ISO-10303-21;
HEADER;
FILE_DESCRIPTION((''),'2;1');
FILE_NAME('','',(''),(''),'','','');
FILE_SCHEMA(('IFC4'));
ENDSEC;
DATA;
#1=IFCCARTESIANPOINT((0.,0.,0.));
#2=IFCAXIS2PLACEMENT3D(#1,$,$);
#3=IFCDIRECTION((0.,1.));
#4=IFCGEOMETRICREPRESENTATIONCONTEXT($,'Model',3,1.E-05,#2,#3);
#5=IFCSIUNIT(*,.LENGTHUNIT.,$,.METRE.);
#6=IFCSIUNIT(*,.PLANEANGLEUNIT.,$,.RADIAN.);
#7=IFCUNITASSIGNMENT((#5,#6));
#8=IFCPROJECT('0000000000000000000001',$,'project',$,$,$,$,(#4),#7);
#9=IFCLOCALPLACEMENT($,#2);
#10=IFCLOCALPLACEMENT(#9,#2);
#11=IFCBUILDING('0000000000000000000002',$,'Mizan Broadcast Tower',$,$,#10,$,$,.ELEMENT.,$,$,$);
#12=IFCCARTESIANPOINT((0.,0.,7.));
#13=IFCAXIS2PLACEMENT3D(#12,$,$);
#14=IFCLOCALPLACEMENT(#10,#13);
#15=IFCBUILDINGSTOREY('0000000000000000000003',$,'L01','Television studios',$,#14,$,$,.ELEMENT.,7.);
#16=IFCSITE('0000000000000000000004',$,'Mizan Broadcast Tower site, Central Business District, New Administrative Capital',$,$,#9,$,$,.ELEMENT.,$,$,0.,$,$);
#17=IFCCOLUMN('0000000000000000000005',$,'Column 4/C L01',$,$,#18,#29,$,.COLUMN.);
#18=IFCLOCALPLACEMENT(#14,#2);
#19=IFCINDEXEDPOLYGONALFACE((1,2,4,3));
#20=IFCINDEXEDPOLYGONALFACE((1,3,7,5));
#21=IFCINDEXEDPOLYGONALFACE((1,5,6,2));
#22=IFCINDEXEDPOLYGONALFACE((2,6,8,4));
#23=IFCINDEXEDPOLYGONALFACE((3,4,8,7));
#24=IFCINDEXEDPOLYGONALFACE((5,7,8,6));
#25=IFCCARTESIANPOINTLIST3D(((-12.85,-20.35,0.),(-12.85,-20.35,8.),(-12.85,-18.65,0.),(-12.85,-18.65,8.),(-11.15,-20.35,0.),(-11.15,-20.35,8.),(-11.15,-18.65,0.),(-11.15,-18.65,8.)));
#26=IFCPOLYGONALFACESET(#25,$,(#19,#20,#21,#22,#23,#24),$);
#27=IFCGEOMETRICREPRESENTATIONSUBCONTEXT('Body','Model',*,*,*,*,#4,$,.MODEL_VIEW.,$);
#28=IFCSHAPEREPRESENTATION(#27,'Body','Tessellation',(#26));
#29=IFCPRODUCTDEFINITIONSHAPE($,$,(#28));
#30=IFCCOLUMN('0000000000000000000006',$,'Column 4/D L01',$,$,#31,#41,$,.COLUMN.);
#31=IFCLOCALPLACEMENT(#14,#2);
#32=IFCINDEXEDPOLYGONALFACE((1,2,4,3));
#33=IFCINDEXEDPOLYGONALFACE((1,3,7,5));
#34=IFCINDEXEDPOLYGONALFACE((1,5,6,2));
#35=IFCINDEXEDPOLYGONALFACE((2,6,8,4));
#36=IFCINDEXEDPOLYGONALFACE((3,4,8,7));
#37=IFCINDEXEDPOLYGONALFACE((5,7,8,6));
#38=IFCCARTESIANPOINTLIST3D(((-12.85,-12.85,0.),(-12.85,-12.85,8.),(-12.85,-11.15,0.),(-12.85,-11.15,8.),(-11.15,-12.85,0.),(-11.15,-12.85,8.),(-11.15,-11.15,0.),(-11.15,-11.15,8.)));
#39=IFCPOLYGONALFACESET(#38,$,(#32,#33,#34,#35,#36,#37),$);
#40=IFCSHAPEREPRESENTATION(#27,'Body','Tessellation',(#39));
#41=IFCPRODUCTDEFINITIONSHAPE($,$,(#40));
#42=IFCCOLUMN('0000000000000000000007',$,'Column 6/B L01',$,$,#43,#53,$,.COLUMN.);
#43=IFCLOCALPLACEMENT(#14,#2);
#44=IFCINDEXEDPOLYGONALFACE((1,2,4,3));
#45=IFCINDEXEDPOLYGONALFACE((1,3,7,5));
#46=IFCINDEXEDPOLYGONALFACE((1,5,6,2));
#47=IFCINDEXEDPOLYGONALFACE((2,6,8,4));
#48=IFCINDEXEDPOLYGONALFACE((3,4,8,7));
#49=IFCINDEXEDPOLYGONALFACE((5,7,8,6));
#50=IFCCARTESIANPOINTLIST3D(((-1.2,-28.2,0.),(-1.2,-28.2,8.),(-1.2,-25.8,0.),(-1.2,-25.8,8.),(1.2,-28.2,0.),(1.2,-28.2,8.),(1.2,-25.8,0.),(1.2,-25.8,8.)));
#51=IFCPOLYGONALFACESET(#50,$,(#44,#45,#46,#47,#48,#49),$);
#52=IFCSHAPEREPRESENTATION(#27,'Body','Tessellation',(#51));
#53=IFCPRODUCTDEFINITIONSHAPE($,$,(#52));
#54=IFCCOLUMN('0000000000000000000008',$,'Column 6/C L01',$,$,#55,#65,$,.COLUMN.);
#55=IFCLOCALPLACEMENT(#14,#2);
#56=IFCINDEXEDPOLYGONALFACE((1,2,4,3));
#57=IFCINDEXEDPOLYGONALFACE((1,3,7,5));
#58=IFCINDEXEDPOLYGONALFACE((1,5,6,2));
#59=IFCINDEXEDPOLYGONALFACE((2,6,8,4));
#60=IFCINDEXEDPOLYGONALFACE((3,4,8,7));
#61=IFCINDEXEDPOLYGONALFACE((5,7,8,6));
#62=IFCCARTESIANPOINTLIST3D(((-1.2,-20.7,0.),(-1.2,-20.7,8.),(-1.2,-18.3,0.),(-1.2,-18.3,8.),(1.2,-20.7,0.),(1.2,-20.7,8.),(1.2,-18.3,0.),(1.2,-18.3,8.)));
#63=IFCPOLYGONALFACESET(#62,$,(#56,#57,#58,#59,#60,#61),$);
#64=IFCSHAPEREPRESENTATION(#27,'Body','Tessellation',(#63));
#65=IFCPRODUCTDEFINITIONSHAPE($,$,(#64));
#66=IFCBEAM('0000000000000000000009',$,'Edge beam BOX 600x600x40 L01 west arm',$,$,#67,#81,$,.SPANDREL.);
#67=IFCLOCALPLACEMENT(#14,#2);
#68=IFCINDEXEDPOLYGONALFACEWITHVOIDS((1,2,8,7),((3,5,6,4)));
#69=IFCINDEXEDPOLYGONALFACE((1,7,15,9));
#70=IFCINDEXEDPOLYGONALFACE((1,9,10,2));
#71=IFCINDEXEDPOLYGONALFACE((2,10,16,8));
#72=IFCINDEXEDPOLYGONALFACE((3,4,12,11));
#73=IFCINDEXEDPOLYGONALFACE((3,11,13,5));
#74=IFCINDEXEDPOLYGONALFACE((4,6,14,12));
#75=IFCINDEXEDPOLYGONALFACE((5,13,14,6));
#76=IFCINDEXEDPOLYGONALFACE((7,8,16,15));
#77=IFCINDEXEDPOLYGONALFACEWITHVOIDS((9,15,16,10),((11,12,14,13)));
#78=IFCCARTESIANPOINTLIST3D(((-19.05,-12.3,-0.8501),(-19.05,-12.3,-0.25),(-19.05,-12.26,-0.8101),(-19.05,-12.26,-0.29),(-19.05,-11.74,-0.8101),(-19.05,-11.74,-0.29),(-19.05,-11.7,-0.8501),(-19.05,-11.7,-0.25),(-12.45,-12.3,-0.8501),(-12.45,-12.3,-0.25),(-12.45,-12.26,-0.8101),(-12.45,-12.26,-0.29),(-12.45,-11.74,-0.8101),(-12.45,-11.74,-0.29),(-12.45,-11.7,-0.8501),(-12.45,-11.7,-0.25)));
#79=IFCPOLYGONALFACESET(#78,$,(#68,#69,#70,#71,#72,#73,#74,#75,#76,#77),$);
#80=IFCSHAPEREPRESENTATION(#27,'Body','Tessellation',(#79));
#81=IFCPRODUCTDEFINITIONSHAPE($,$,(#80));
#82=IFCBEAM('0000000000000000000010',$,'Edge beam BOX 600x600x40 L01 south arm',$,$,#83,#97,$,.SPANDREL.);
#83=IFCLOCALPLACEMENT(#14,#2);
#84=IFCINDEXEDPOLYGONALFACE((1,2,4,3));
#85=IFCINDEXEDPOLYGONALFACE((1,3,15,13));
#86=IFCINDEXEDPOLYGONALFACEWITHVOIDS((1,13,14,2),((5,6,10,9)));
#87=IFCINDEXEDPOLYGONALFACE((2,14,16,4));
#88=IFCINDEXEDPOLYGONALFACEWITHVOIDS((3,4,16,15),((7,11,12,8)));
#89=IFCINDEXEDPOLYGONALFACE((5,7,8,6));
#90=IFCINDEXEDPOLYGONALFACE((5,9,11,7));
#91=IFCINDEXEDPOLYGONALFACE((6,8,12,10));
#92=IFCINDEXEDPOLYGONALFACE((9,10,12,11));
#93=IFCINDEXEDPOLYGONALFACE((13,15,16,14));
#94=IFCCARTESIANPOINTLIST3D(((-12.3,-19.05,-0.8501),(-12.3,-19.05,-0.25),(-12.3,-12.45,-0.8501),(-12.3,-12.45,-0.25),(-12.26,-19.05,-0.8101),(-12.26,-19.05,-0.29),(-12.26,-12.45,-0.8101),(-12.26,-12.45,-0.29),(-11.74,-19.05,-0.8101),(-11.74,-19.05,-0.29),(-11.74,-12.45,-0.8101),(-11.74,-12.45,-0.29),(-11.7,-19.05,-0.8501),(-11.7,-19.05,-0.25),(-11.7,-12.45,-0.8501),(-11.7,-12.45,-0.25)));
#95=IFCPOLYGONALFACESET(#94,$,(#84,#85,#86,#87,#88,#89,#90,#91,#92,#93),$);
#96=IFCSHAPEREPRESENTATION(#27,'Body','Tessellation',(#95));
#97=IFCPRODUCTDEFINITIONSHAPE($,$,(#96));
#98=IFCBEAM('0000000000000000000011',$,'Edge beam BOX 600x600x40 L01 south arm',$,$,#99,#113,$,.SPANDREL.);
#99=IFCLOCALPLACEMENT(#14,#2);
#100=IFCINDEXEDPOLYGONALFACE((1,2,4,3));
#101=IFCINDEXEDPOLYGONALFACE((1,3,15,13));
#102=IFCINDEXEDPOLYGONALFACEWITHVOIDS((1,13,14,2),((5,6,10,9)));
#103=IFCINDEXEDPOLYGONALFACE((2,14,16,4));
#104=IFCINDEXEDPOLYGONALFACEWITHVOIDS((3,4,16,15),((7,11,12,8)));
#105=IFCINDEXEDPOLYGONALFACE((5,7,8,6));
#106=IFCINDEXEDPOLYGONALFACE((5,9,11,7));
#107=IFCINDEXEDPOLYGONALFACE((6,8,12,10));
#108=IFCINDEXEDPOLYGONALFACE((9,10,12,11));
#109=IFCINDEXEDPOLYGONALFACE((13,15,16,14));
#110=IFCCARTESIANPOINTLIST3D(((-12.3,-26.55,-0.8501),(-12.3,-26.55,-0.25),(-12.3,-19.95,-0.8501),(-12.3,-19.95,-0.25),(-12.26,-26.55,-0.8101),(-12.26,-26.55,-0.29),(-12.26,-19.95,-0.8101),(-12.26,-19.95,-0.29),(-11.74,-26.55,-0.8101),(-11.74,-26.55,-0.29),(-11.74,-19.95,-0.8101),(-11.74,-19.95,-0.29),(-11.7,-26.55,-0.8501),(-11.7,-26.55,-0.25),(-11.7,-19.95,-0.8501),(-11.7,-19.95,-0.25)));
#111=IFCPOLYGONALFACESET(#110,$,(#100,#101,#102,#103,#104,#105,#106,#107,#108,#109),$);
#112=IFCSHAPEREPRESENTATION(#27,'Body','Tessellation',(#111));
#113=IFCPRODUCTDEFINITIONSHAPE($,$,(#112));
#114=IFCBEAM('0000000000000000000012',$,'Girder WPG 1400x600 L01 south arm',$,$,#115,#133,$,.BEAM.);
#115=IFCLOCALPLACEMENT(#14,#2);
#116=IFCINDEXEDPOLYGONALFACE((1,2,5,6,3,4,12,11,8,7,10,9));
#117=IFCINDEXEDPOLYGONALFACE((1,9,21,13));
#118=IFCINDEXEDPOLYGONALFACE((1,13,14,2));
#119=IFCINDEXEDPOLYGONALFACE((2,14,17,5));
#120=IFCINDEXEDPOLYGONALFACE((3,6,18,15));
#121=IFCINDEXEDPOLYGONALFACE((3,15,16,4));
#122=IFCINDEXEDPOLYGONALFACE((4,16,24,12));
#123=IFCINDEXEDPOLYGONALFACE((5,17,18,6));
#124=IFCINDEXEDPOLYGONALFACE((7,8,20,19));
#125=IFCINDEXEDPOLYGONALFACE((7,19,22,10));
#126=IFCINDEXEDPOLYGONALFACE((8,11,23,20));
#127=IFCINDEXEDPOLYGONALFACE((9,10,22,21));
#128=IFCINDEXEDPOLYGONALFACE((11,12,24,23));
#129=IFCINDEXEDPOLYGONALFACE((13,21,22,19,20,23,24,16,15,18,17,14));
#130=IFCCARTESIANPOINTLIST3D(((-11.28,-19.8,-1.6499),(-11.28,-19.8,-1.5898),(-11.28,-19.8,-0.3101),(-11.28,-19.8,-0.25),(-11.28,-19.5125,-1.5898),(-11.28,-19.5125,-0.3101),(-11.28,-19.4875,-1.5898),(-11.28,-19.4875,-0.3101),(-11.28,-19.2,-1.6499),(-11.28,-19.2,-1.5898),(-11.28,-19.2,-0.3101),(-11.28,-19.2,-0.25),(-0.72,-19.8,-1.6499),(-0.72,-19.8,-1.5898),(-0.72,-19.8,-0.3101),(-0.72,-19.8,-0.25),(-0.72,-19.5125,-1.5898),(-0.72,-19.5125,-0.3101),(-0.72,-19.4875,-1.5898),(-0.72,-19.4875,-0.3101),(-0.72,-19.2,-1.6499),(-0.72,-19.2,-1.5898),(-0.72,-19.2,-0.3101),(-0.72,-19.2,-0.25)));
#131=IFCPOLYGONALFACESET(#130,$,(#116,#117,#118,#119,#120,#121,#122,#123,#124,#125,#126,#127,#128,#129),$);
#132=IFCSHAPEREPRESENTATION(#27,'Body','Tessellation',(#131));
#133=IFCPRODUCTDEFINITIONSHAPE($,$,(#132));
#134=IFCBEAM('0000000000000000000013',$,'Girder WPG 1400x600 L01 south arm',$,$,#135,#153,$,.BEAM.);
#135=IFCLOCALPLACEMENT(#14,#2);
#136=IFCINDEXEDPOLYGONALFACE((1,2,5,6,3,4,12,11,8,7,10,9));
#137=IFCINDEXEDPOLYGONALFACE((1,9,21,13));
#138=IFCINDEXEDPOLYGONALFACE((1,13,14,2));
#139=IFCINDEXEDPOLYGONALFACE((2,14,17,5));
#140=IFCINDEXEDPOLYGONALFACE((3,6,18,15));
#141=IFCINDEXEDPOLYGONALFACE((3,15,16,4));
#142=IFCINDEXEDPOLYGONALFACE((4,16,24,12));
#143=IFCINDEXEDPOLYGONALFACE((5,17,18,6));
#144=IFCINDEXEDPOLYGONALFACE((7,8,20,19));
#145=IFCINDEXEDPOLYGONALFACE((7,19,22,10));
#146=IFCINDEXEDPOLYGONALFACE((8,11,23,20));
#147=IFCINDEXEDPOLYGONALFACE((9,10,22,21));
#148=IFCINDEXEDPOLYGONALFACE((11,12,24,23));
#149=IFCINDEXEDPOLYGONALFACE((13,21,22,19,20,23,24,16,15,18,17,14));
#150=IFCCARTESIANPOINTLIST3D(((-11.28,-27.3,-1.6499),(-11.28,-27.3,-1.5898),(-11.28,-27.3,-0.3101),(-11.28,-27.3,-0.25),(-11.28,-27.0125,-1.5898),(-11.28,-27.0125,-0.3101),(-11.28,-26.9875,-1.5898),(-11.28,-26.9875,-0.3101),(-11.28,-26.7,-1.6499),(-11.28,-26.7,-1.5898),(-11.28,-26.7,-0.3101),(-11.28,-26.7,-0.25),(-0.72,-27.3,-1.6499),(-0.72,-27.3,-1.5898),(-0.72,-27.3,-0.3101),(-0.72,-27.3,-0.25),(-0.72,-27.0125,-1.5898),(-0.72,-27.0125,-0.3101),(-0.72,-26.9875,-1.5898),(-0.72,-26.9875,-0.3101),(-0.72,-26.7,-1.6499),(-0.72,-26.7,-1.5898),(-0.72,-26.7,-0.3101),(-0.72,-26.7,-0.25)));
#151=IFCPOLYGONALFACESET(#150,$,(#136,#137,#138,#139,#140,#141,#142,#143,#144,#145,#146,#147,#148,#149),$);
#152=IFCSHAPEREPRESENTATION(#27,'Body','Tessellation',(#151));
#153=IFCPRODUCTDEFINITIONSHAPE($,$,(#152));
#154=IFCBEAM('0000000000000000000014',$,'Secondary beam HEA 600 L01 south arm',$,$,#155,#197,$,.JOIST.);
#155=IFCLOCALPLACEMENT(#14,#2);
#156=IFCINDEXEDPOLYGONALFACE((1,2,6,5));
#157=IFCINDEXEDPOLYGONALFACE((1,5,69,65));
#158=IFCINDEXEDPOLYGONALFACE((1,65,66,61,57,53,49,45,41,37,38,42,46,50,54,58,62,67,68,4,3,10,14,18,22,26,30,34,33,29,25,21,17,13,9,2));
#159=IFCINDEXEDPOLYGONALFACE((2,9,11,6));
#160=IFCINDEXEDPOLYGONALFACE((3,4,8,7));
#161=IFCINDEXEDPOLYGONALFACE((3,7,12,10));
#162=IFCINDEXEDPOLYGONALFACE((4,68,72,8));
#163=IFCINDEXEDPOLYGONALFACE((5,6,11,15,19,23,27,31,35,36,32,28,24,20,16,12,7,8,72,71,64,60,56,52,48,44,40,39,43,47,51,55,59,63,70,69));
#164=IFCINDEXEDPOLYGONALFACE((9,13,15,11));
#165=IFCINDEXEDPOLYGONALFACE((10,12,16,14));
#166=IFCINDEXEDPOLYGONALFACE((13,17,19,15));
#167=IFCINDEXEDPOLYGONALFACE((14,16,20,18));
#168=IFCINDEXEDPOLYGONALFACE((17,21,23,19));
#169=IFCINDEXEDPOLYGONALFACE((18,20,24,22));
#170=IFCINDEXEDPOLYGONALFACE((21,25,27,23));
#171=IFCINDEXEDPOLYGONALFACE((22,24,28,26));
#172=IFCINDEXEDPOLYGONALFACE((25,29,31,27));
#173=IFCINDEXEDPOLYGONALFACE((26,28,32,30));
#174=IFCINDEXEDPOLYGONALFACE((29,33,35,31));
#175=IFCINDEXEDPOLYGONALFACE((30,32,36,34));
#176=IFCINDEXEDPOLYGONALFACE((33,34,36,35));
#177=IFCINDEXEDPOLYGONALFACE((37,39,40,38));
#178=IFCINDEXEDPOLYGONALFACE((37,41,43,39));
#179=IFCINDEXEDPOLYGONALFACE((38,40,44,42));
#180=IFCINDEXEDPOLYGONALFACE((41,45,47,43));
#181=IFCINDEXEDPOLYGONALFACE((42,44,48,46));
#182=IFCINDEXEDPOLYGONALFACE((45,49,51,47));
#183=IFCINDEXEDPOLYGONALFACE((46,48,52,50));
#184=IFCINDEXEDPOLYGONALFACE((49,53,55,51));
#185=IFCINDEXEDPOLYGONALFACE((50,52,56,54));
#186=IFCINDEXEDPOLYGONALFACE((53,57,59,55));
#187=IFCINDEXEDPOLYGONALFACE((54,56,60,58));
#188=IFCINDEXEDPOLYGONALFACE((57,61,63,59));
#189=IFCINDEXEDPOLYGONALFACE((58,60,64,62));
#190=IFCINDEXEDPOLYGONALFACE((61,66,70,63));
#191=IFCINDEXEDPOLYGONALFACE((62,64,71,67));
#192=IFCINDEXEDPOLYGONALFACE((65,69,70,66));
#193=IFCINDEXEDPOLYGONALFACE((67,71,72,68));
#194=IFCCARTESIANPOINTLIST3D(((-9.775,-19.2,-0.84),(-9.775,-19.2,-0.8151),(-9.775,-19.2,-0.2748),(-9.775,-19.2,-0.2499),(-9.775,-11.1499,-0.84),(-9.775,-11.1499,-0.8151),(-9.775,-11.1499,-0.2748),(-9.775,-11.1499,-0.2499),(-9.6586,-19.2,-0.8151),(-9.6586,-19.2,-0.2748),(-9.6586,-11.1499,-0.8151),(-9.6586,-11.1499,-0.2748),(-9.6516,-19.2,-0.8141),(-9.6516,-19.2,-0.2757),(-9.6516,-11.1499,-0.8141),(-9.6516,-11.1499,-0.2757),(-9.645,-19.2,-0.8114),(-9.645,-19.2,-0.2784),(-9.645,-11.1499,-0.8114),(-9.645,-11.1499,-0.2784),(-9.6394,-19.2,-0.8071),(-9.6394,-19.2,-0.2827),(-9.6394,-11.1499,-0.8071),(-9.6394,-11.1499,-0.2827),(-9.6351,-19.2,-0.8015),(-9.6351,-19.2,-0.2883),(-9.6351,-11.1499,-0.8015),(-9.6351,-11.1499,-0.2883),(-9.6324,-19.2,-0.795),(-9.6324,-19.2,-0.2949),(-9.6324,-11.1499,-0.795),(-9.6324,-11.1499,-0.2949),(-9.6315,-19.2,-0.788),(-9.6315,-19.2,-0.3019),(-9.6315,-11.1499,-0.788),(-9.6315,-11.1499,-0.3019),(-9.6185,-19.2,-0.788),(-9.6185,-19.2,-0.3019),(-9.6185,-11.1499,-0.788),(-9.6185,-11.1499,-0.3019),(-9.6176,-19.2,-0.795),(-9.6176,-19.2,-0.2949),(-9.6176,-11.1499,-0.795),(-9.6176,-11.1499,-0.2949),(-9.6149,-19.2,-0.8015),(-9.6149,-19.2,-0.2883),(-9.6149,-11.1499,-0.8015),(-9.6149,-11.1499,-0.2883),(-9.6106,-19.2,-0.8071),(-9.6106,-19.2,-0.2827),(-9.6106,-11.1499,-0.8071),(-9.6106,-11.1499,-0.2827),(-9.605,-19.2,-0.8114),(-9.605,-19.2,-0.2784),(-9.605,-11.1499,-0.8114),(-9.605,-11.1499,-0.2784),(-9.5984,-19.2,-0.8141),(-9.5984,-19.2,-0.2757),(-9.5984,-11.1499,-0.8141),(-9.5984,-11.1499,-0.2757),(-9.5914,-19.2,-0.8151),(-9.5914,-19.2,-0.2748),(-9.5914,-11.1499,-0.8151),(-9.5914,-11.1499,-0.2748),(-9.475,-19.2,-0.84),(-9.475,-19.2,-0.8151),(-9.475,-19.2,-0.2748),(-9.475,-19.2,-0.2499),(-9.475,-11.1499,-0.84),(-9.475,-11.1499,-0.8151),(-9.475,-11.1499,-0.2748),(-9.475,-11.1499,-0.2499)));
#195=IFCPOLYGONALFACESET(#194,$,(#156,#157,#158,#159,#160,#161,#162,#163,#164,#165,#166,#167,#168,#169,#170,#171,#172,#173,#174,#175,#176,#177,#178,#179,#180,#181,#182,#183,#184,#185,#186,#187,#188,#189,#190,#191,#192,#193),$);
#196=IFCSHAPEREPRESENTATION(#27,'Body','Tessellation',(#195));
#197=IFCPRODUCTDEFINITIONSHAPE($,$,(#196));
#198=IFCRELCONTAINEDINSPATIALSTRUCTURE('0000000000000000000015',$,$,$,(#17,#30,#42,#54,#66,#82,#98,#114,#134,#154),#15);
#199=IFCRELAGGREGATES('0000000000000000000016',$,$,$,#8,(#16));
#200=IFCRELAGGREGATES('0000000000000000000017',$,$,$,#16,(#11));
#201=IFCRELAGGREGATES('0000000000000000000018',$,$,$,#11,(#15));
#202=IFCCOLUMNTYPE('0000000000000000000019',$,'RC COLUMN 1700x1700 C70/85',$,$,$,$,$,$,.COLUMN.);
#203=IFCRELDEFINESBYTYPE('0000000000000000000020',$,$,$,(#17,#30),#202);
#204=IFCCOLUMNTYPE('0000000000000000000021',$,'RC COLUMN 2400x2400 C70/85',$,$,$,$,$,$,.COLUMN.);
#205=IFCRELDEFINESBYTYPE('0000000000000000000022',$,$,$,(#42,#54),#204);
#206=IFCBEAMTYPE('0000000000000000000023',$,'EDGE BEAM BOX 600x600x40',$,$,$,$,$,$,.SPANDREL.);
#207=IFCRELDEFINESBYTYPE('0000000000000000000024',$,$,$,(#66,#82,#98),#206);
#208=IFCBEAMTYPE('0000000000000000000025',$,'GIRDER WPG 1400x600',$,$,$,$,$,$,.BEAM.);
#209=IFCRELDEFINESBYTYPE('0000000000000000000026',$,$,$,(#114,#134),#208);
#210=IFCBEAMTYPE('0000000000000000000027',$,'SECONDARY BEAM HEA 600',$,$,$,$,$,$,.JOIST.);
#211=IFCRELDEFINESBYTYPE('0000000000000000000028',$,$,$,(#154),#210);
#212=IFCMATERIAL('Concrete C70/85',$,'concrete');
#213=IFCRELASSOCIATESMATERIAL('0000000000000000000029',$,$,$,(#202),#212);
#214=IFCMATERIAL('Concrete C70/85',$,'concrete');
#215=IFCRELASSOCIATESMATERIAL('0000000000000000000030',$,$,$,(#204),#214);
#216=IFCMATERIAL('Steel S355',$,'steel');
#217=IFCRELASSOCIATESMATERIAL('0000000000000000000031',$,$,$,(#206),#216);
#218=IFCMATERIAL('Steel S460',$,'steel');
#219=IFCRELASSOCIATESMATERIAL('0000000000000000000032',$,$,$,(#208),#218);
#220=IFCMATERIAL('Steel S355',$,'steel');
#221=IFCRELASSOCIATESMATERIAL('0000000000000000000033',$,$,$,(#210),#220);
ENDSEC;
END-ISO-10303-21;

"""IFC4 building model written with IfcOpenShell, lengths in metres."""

from ifc_helpers import new_model, si_unit, direction, frame, origin, origin_2d, place, context, subcontext, project, spatial, rectangle, hollow_rectangle, i_section, extrude, material, material_profile, profile_set, type_object, element, save


model = new_model("IFC4")

# Units and contexts
model_context = context("Model", 3, precision=1e-05, world=origin(), true_north=direction((0.0, 1.0)))
body_context = subcontext(model_context, "Body", "Model", "MODEL_VIEW")
ifc_project = project(units=[si_unit("LENGTHUNIT", "METRE"), si_unit("PLANEANGLEUNIT", "RADIAN")], contexts=[model_context])

# Site, building, storey
site_placement = place(None, origin())
site = spatial("IfcSite", under=ifc_project, at=site_placement, Name="Mizan Broadcast Tower site, Central Business District, New Administrative Capital", CompositionType="ELEMENT", RefElevation=0.0)
building_placement = place(site_placement, origin())
building = spatial("IfcBuilding", under=site, at=building_placement, Name="Mizan Broadcast Tower", CompositionType="ELEMENT")
storey_placement = place(building_placement, frame((0.0, 0.0, 7.0)))
storey = spatial("IfcBuildingStorey", under=building, at=storey_placement, Name="L01", Description="Television studios", CompositionType="ELEMENT", Elevation=7.0)

# Columns
ifc_material_1 = material(Name="Concrete C70/85", Category="concrete")
ifc_material_profile_1 = material_profile(ifc_material_1, rectangle(XDim=1.7, YDim=1.7, at=origin_2d()), Name="RC 1700x1700")
ifc_profile_set_1 = profile_set([ifc_material_profile_1], Name="Concrete C70/85")
column_type_1 = type_object("IfcColumnType", Name="RC COLUMN 1700x1700 C70/85", PredefinedType="COLUMN", material=ifc_profile_set_1)
for number, where, z_axis, x_axis, name in (
    (1, (-12.0, -19.5, 0.0), (0.0, 0.0, 1.0), (1.0, 0.0, 0.0), "Column 4/C L01"),
    (2, (-12.0, -12.0, 0.0), (0.0, 0.0, 1.0), (1.0, 0.0, 0.0), "Column 4/D L01"),
):
    element("IfcColumn", number, at=place(storey_placement, frame(where, z_axis=z_axis, x_axis=x_axis)), inside=storey, type_object=column_type_1, Name=name, PredefinedType="COLUMN", context=body_context, shape_type="SweptSolid", body=[
        extrude(rectangle(XDim=1.7, YDim=1.7, at=origin_2d()), origin(), (0.0, 0.0, 1.0), 8.0),
    ])
ifc_material_2 = material(Name="Concrete C70/85", Category="concrete")
ifc_material_profile_2 = material_profile(ifc_material_2, rectangle(XDim=2.3999, YDim=2.3999, at=origin_2d()), Name="RC 2400x2400")
ifc_profile_set_2 = profile_set([ifc_material_profile_2], Name="Concrete C70/85")
column_type_2 = type_object("IfcColumnType", Name="RC COLUMN 2400x2400 C70/85", PredefinedType="COLUMN", material=ifc_profile_set_2)
for number, where, z_axis, x_axis, name in (
    (3, (0.0, -27.0, 0.0), (0.0, 0.0, 1.0), (1.0, 0.0, 0.0), "Column 6/B L01"),
    (4, (0.0, -19.5, 0.0), (0.0, 0.0, 1.0), (1.0, 0.0, 0.0), "Column 6/C L01"),
):
    element("IfcColumn", number, at=place(storey_placement, frame(where, z_axis=z_axis, x_axis=x_axis)), inside=storey, type_object=column_type_2, Name=name, PredefinedType="COLUMN", context=body_context, shape_type="SweptSolid", body=[
        extrude(rectangle(XDim=2.3999, YDim=2.3999, at=origin_2d()), origin(), (0.0, 0.0, 1.0), 8.0),
    ])

# Beams
ifc_material_3 = material(Name="Steel S355", Category="steel")
ifc_material_profile_3 = material_profile(ifc_material_3, hollow_rectangle(XDim=0.6001, YDim=0.6001, WallThickness=0.04, at=origin_2d()), Name="BOX 600x600x40")
ifc_profile_set_3 = profile_set([ifc_material_profile_3], Name="Steel S355")
beam_type_1 = type_object("IfcBeamType", Name="EDGE BEAM BOX 600x600x40", PredefinedType="SPANDREL", material=ifc_profile_set_3)
for number, where, z_axis, x_axis, name in (
    (5, (-12.45, -12.0, -0.55), (-1.0, 0.0, 0.0), (0.0, -1.0, 0.0), "Edge beam BOX 600x600x40 L01 west arm"),
    (6, (-12.0, -12.45, -0.55), (0.0, -1.0, 0.0), (1.0, 0.0, 0.0), "Edge beam BOX 600x600x40 L01 south arm"),
    (7, (-12.0, -19.95, -0.55), (0.0, -1.0, 0.0), (1.0, 0.0, 0.0), "Edge beam BOX 600x600x40 L01 south arm"),
):
    element("IfcBeam", number, at=place(storey_placement, frame(where, z_axis=z_axis, x_axis=x_axis)), inside=storey, type_object=beam_type_1, Name=name, PredefinedType="SPANDREL", context=body_context, shape_type="SweptSolid", body=[
        extrude(hollow_rectangle(XDim=0.6001, YDim=0.6001, WallThickness=0.04, at=origin_2d()), origin(), (0.0, 0.0, 1.0), 6.6001),
    ])
ifc_material_4 = material(Name="Steel S460", Category="steel")
ifc_material_profile_4 = material_profile(ifc_material_4, i_section(OverallWidth=0.6001, OverallDepth=1.3999, WebThickness=0.0249, FlangeThickness=0.0601, at=origin_2d()), Name="WPG 1400x600")
ifc_profile_set_4 = profile_set([ifc_material_profile_4], Name="Steel S460")
beam_type_2 = type_object("IfcBeamType", Name="GIRDER WPG 1400x600", PredefinedType="BEAM", material=ifc_profile_set_4)
for number, where, z_axis, x_axis, name in (
    (8, (-11.28, -19.5, -0.95), (1.0, 0.0, 0.0), (0.0, 1.0, 0.0), "Girder WPG 1400x600 L01 south arm"),
    (9, (-11.28, -27.0, -0.95), (1.0, 0.0, 0.0), (0.0, 1.0, 0.0), "Girder WPG 1400x600 L01 south arm"),
):
    element("IfcBeam", number, at=place(storey_placement, frame(where, z_axis=z_axis, x_axis=x_axis)), inside=storey, type_object=beam_type_2, Name=name, PredefinedType="BEAM", context=body_context, shape_type="SweptSolid", body=[
        extrude(i_section(OverallWidth=0.6001, OverallDepth=1.3999, WebThickness=0.0249, FlangeThickness=0.0601, at=origin_2d()), origin(), (0.0, 0.0, 1.0), 10.5601),
    ])
ifc_material_5 = material(Name="Steel S355", Category="steel")
ifc_material_profile_5 = material_profile(ifc_material_5, i_section(OverallWidth=0.3, OverallDepth=0.5901, WebThickness=0.0129, FlangeThickness=0.0249, FilletRadius=0.0271, at=origin_2d()), Name="HEA 600")
ifc_profile_set_5 = profile_set([ifc_material_profile_5], Name="Steel S355")
beam_type_3 = type_object("IfcBeamType", Name="SECONDARY BEAM HEA 600", PredefinedType="JOIST", material=ifc_profile_set_5)
beam_1_placement = place(storey_placement, frame((-9.625, -11.1499, -0.5449), z_axis=(0.0, -1.0, 0.0), x_axis=(1.0, 0.0, 0.0)))
element("IfcBeam", 10, at=beam_1_placement, inside=storey, type_object=beam_type_3, Name="Secondary beam HEA 600 L01 south arm", PredefinedType="JOIST", context=body_context, shape_type="SweptSolid", body=[
    extrude(i_section(OverallWidth=0.3, OverallDepth=0.5901, WebThickness=0.0129, FlangeThickness=0.0249, FilletRadius=0.0271, at=origin_2d()), origin(), (0.0, 0.0, 1.0), 8.05),
])

save(model, "model.ifc")
